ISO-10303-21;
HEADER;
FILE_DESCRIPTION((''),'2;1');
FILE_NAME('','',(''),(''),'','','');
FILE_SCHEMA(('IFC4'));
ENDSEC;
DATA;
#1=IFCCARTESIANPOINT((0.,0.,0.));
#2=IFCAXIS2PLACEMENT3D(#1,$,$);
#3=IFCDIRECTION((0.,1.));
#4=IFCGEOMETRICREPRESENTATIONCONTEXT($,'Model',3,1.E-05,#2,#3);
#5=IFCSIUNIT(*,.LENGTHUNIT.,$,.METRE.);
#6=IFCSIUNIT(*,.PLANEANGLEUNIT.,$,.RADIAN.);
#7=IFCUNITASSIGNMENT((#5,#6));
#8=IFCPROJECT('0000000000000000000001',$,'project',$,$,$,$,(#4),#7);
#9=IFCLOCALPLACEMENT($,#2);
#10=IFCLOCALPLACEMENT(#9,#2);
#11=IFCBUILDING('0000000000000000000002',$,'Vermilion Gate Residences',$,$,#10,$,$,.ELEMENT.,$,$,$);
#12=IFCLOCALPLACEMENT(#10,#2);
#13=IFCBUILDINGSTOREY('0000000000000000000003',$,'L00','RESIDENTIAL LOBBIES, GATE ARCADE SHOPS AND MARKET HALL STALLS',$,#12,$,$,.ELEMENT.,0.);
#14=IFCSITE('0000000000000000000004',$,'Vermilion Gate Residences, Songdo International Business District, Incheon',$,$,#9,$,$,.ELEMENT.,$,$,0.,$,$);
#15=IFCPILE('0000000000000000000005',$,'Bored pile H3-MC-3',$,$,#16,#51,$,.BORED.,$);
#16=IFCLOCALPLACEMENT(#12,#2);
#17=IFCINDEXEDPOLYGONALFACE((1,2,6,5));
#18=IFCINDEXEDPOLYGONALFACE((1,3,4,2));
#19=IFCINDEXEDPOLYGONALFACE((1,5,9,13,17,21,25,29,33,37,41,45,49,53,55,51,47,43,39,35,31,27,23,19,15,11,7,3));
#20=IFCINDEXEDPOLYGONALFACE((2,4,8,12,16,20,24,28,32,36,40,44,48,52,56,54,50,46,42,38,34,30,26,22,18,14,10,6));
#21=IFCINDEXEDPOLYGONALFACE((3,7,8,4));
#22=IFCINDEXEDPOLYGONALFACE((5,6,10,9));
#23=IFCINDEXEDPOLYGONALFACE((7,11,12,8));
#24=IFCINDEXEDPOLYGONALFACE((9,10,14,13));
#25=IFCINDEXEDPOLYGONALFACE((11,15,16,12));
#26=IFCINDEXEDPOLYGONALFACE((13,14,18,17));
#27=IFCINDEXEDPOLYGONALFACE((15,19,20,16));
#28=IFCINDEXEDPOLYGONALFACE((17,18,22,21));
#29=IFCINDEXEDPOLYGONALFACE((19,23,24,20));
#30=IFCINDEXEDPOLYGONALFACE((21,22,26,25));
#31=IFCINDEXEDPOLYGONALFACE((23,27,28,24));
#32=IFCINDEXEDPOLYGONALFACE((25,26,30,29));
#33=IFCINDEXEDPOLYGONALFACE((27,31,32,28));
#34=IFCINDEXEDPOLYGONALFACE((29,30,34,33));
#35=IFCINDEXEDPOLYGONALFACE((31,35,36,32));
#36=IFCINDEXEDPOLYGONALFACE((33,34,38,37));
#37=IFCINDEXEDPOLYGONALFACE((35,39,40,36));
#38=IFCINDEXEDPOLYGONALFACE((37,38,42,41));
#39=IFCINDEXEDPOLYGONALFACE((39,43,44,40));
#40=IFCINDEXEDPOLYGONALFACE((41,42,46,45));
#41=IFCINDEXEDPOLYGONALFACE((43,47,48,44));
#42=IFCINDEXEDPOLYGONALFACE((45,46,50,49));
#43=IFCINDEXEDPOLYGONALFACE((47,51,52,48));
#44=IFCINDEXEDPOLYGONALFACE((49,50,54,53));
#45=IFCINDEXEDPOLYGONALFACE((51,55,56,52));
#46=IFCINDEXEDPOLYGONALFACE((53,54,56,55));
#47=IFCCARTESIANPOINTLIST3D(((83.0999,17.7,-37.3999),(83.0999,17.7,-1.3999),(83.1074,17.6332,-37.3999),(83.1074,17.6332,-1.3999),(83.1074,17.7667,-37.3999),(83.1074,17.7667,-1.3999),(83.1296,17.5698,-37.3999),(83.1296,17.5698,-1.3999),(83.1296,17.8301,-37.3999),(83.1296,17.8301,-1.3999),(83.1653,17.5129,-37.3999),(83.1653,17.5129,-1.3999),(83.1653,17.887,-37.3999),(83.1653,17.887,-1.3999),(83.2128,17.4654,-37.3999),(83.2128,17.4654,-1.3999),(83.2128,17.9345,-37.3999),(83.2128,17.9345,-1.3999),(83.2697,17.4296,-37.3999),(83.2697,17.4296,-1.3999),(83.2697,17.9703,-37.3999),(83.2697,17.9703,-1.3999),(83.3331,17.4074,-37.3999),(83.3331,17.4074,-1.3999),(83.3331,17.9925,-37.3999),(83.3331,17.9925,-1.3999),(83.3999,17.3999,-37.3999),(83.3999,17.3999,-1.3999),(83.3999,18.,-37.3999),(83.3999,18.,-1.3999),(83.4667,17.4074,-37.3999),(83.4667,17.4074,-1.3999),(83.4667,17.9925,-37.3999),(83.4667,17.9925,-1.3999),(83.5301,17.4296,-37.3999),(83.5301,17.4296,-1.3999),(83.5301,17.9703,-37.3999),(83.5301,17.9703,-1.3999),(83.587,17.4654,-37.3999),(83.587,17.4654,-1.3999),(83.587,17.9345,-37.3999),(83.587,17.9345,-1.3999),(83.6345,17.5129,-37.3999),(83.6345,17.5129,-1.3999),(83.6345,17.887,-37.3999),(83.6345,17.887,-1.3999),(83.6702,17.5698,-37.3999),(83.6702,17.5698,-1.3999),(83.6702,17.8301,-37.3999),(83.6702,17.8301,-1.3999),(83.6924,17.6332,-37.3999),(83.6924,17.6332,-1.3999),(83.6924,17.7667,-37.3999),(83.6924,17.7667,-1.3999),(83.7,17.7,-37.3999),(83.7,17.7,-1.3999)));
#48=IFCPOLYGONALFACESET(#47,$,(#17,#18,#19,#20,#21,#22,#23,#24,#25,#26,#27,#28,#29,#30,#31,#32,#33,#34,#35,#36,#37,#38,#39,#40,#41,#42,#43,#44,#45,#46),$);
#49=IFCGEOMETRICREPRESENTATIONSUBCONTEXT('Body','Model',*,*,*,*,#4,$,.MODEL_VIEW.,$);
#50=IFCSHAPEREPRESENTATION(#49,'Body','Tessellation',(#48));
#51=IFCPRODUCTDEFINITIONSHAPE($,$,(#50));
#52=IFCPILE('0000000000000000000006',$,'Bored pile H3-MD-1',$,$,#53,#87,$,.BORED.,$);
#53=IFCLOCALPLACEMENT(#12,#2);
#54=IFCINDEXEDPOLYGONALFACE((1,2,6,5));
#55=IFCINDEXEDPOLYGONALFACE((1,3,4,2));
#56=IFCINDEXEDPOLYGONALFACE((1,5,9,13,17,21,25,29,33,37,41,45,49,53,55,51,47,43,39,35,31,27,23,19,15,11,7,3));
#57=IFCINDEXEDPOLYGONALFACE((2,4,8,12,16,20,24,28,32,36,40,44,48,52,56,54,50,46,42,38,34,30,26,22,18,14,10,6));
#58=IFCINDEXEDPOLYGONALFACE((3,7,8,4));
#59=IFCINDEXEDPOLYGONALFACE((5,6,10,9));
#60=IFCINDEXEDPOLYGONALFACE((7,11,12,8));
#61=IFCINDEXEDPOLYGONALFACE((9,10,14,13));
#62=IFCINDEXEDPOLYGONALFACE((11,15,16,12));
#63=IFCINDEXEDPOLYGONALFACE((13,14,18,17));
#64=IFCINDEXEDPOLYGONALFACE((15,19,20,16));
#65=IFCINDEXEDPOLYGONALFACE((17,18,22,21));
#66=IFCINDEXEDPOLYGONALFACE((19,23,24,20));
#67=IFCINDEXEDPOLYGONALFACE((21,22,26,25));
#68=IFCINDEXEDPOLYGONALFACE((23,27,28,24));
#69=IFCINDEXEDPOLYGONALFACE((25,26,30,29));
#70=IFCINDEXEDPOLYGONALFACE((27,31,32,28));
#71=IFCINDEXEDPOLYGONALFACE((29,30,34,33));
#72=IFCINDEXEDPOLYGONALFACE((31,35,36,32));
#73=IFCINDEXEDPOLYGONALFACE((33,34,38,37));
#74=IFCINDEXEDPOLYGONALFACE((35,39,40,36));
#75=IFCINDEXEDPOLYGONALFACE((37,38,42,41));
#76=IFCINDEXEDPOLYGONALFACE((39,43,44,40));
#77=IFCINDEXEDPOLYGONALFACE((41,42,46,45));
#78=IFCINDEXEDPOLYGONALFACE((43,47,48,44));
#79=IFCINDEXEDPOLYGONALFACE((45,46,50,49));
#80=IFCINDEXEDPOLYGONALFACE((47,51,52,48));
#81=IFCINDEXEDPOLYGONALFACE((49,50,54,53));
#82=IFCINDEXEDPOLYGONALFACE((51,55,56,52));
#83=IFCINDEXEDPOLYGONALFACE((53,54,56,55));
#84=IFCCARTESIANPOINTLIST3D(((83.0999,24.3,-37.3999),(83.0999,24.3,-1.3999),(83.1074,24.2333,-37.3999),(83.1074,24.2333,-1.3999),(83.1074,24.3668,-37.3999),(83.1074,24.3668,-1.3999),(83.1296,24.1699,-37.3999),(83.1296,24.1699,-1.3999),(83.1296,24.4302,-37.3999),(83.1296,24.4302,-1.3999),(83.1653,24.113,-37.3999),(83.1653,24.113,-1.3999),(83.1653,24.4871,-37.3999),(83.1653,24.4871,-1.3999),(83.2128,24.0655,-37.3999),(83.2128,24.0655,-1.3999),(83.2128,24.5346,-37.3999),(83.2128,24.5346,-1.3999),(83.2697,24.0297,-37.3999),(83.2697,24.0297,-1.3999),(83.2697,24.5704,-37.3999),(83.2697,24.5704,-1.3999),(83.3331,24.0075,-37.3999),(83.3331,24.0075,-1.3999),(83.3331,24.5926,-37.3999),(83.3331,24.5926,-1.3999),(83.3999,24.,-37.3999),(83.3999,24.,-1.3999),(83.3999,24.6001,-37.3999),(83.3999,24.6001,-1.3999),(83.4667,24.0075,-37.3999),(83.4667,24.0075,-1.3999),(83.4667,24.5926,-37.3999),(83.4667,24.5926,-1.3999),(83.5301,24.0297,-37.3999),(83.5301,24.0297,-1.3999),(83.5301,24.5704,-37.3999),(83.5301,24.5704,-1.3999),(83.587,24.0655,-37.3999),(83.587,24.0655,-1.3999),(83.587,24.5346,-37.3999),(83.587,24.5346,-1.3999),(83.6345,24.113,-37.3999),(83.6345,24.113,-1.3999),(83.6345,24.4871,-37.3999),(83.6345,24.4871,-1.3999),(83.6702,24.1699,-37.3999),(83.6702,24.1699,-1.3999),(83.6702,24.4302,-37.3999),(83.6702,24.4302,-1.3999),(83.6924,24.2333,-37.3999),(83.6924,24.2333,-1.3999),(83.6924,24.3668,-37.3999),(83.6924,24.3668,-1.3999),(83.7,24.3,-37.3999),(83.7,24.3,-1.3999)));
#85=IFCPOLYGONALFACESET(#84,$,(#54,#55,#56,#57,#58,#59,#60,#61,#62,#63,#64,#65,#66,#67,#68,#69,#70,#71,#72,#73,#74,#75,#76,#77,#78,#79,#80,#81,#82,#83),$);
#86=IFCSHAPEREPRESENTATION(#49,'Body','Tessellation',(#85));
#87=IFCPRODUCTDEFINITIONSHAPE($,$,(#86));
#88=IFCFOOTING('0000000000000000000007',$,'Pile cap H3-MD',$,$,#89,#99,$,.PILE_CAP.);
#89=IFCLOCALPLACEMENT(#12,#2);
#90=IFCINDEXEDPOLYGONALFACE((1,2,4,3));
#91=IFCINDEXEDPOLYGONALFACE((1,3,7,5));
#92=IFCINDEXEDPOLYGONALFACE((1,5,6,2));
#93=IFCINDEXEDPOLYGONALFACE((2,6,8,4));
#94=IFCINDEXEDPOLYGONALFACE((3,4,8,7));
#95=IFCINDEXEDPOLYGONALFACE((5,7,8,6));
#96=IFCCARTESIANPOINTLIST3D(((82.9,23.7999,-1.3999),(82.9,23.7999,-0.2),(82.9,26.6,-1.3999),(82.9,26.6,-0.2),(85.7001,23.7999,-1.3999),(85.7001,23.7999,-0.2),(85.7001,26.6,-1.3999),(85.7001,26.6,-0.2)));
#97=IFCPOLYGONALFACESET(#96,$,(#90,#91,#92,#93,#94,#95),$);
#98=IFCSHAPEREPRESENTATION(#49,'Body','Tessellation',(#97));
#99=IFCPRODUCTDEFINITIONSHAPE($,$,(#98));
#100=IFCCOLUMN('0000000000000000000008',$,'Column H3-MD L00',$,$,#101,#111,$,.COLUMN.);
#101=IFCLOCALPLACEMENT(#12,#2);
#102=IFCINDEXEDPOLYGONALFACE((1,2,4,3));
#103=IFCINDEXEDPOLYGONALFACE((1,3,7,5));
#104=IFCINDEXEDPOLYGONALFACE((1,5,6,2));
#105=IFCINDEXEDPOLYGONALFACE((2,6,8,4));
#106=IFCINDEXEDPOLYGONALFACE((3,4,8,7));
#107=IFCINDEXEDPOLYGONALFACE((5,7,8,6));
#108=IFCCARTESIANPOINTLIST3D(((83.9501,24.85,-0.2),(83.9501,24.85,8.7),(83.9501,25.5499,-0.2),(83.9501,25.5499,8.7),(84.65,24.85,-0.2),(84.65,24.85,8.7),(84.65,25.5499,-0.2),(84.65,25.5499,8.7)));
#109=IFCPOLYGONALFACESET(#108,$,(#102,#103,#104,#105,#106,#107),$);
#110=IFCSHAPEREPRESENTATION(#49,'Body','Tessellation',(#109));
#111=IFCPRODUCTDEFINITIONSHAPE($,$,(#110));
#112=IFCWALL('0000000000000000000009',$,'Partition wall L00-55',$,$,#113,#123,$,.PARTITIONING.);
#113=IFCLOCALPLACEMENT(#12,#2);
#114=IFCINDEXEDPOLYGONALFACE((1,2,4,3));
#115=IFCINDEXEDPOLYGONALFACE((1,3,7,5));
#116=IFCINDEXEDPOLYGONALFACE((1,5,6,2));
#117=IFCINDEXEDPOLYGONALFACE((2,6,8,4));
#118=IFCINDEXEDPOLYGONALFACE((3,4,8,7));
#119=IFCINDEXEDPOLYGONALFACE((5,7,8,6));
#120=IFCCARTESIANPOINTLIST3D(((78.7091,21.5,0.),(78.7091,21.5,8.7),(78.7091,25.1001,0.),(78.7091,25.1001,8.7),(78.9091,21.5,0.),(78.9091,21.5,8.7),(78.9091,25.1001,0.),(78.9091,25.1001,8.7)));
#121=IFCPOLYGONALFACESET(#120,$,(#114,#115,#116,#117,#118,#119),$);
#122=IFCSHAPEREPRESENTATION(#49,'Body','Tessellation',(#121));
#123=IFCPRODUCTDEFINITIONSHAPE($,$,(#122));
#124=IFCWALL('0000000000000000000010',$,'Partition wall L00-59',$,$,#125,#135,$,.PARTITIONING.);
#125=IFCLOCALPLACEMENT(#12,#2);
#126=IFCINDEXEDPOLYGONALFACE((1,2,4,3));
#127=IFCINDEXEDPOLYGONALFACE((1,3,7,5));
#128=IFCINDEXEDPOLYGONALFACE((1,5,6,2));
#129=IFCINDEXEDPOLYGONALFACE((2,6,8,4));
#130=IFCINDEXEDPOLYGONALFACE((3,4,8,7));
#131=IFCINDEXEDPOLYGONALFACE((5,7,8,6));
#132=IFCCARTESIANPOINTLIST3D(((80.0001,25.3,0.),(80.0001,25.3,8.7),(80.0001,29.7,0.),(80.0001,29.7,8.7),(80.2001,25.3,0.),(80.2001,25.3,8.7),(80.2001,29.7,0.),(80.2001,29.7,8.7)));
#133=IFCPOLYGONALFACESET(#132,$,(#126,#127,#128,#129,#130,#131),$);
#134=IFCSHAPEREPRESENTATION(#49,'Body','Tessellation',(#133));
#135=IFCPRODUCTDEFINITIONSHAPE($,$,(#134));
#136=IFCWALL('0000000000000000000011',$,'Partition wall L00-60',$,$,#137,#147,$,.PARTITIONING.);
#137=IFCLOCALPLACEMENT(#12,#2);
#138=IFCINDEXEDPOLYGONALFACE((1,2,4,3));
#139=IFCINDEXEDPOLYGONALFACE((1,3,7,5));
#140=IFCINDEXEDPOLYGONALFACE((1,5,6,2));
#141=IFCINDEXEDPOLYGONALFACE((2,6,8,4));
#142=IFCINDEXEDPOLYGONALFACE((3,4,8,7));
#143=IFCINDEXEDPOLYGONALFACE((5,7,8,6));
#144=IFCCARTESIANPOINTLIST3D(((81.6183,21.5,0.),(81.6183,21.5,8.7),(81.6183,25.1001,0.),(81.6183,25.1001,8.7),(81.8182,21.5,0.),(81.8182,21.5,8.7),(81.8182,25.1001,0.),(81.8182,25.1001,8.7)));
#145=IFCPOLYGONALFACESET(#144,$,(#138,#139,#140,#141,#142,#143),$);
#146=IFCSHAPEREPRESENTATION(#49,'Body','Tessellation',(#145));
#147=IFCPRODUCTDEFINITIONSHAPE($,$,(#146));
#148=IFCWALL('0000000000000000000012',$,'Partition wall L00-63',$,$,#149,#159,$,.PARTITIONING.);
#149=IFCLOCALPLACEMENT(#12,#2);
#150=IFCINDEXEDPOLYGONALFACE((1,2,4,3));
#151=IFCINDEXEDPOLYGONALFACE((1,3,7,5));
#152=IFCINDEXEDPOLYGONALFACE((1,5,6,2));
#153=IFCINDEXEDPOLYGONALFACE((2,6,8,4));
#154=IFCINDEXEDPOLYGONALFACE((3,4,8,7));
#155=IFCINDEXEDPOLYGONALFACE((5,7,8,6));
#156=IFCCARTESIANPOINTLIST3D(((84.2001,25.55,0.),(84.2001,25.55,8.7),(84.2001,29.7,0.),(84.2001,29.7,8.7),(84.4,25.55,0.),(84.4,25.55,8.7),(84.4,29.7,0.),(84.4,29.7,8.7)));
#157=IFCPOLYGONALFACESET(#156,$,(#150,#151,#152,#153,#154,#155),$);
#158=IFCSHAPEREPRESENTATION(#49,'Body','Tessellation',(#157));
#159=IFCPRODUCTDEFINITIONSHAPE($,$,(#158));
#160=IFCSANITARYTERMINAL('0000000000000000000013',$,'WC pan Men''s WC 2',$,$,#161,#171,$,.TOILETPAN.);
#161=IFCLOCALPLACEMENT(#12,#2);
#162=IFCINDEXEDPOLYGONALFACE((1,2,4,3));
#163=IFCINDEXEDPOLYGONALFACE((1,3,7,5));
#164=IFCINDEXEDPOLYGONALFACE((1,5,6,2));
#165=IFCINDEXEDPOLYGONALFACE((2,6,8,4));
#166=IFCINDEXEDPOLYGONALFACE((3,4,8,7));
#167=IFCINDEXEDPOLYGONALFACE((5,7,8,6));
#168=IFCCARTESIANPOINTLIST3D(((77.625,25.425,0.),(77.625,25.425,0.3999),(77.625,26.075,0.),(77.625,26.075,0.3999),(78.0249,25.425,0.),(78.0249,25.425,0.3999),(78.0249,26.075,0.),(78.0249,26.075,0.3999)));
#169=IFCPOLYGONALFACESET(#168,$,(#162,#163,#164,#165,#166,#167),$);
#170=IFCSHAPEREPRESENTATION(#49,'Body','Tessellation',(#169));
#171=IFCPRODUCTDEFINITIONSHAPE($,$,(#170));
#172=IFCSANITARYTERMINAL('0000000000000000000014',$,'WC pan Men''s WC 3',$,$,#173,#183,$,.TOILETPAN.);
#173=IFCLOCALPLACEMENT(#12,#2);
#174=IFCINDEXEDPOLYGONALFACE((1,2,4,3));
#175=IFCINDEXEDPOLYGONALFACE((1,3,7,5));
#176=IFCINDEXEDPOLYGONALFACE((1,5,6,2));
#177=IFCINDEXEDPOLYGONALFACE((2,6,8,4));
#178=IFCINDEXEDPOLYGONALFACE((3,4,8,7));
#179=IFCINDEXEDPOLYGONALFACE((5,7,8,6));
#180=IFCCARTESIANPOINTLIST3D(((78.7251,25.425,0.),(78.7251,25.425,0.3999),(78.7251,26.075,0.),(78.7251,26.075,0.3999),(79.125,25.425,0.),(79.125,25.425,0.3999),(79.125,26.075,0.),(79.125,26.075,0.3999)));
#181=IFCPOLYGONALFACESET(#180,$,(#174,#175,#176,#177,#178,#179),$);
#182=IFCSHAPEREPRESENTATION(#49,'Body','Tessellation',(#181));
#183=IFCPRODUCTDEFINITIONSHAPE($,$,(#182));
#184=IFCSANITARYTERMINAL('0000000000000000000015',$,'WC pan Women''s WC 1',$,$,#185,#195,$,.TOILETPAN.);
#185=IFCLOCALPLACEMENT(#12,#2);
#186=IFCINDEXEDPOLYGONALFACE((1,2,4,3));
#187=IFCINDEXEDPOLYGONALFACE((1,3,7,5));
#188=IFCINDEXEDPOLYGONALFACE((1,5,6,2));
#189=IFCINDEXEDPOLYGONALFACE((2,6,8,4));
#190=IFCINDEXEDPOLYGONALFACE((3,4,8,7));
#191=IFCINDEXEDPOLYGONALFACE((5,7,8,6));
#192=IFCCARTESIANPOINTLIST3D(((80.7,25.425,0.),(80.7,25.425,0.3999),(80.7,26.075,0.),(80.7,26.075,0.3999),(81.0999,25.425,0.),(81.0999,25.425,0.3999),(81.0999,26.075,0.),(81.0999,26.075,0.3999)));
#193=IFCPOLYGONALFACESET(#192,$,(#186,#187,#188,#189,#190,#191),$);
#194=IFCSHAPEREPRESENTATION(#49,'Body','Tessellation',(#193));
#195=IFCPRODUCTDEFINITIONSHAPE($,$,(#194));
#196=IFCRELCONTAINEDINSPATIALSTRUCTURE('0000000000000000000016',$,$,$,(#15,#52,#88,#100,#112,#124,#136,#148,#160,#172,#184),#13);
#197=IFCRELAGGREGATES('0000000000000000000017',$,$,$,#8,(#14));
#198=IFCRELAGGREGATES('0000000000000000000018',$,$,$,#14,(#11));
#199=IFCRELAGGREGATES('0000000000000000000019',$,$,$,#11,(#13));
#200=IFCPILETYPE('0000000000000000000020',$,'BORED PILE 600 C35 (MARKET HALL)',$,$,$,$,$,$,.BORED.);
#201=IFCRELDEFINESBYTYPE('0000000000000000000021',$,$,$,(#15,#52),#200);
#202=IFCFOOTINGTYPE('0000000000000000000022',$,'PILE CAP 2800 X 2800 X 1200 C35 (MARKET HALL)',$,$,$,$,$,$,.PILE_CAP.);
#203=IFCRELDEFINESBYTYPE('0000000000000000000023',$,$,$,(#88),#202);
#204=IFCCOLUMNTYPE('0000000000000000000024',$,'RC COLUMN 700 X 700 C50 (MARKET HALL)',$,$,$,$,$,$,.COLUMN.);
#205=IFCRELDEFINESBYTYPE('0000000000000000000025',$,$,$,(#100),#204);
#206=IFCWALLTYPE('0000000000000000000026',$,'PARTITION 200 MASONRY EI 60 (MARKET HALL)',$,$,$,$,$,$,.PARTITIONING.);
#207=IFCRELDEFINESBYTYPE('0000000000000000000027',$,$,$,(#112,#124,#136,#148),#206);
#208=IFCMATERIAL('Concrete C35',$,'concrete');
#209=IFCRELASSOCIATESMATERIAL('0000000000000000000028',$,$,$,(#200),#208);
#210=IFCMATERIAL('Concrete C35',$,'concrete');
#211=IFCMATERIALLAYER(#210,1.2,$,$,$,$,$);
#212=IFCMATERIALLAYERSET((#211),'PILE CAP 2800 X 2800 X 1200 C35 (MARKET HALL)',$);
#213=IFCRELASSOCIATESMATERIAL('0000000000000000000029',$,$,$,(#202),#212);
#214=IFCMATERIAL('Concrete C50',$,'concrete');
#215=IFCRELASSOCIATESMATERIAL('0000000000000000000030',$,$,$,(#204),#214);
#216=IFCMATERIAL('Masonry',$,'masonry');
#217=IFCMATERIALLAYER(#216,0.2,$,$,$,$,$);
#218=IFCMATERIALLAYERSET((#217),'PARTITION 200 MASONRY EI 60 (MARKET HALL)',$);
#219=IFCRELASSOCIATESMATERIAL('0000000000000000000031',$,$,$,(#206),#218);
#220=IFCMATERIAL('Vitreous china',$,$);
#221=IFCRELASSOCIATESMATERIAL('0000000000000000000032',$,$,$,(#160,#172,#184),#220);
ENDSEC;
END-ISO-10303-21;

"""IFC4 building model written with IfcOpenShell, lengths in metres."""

from ifc_helpers import new_model, si_unit, direction, frame, frame_2d, origin, origin_2d, place, context, subcontext, project, spatial, rectangle, circle, extrude, material, layer, layer_set, material_profile, profile_set, type_object, element, save


model = new_model("IFC4")

# Units and contexts
model_context = context("Model", 3, precision=1e-05, world=origin(), true_north=direction((0.0, 1.0)))
body_context = subcontext(model_context, "Body", "Model", "MODEL_VIEW")
ifc_project = project(units=[si_unit("LENGTHUNIT", "METRE"), si_unit("PLANEANGLEUNIT", "RADIAN")], contexts=[model_context])

# Site, building, storey
site_placement = place(None, origin())
site = spatial("IfcSite", under=ifc_project, at=site_placement, Name="Vermilion Gate Residences, Songdo International Business District, Incheon", CompositionType="ELEMENT", RefElevation=0.0)
building_placement = place(site_placement, origin())
building = spatial("IfcBuilding", under=site, at=building_placement, Name="Vermilion Gate Residences", CompositionType="ELEMENT")
storey_placement = place(building_placement, origin())
storey = spatial("IfcBuildingStorey", under=building, at=storey_placement, Name="L00", Description="RESIDENTIAL LOBBIES, GATE ARCADE SHOPS AND MARKET HALL STALLS", CompositionType="ELEMENT", Elevation=0.0)

# Piles
ifc_material_1 = material(Name="Concrete C35", Category="concrete")
ifc_material_profile_1 = material_profile(ifc_material_1, circle(Radius=0.3, at=origin_2d()), Name="BORED PILE 600 C35 (MARKET HALL)")
ifc_profile_set_1 = profile_set([ifc_material_profile_1], Name="Concrete C35")
pile_type = type_object("IfcPileType", Name="BORED PILE 600 C35 (MARKET HALL)", PredefinedType="BORED", material=ifc_profile_set_1)
for number, where, z_axis, x_axis, name in (
    (1, (83.3999, 17.7, -1.3999), (0.0, 0.0, -1.0), (1.0, 0.0, 0.0), "Bored pile H3-MC-3"),
    (2, (83.3999, 24.3, -1.3999), (0.0, 0.0, -1.0), (1.0, 0.0, 0.0), "Bored pile H3-MD-1"),
):
    element("IfcPile", number, at=place(storey_placement, frame(where, z_axis=z_axis, x_axis=x_axis)), inside=storey, type_object=pile_type, Name=name, PredefinedType="BORED", context=body_context, shape_type="SweptSolid", body=[
        extrude(circle(Radius=0.3, at=origin_2d()), origin(), (0.0, 0.0, 1.0), 36.0),
    ])

# Footing
ifc_material_2 = material(Name="Concrete C35", Category="concrete")
ifc_layer_1 = layer(ifc_material_2, 1.2)
ifc_layer_set_1 = layer_set([ifc_layer_1], Name="PILE CAP 2800 X 2800 X 1200 C35 (MARKET HALL)")
footing_type = type_object("IfcFootingType", Name="PILE CAP 2800 X 2800 X 1200 C35 (MARKET HALL)", PredefinedType="PILE_CAP", material=ifc_layer_set_1)
footing_placement = place(storey_placement, frame((84.3, 25.2, -1.3999), z_axis=(0.0, 0.0, 1.0), x_axis=(1.0, 0.0, 0.0)))
element("IfcFooting", 3, at=footing_placement, inside=storey, type_object=footing_type, Name="Pile cap H3-MD", PredefinedType="PILE_CAP", context=body_context, shape_type="SweptSolid", body=[
    extrude(rectangle(XDim=2.8, YDim=2.8, at=origin_2d()), origin(), (0.0, 0.0, 1.0), 1.2),
])

# Column
ifc_material_3 = material(Name="Concrete C50", Category="concrete")
ifc_material_profile_2 = material_profile(ifc_material_3, rectangle(XDim=0.7, YDim=0.7, at=origin_2d()), Name="RC COLUMN 700 X 700 C50 (MARKET HALL)")
ifc_profile_set_2 = profile_set([ifc_material_profile_2], Name="Concrete C50")
column_type = type_object("IfcColumnType", Name="RC COLUMN 700 X 700 C50 (MARKET HALL)", PredefinedType="COLUMN", material=ifc_profile_set_2)
column_placement = place(storey_placement, frame((84.3, 25.2, -0.2), z_axis=(0.0, 0.0, 1.0), x_axis=(1.0, 0.0, 0.0)))
element("IfcColumn", 4, at=column_placement, inside=storey, type_object=column_type, Name="Column H3-MD L00", PredefinedType="COLUMN", context=body_context, shape_type="SweptSolid", body=[
    extrude(rectangle(XDim=0.7, YDim=0.7, at=origin_2d()), origin(), (0.0, 0.0, 1.0), 8.8999),
])

# Walls
ifc_material_4 = material(Name="Masonry", Category="masonry")
ifc_layer_2 = layer(ifc_material_4, 0.2)
ifc_layer_set_2 = layer_set([ifc_layer_2], Name="PARTITION 200 MASONRY EI 60 (MARKET HALL)")
wall_type = type_object("IfcWallType", Name="PARTITION 200 MASONRY EI 60 (MARKET HALL)", PredefinedType="PARTITIONING", material=ifc_layer_set_2)
wall_1_placement = place(storey_placement, frame((78.8091, 21.5, 0.0), z_axis=(0.0, 0.0, 1.0), x_axis=(0.0, 1.0, 0.0)))
element("IfcWall", 5, at=wall_1_placement, inside=storey, type_object=wall_type, Name="Partition wall L00-55", PredefinedType="PARTITIONING", context=body_context, shape_type="SweptSolid", body=[
    extrude(rectangle(XDim=3.6001, YDim=0.2, at=frame_2d((1.8, 0.0))), origin(), (0.0, 0.0, 1.0), 8.7),
])
wall_2_placement = place(storey_placement, frame((80.1001, 25.3, 0.0), z_axis=(0.0, 0.0, 1.0), x_axis=(0.0, 1.0, 0.0)))
element("IfcWall", 6, at=wall_2_placement, inside=storey, type_object=wall_type, Name="Partition wall L00-59", PredefinedType="PARTITIONING", context=body_context, shape_type="SweptSolid", body=[
    extrude(rectangle(XDim=4.3999, YDim=0.2, at=frame_2d((2.2, 0.0))), origin(), (0.0, 0.0, 1.0), 8.7),
])
wall_3_placement = place(storey_placement, frame((81.7183, 21.5, 0.0), z_axis=(0.0, 0.0, 1.0), x_axis=(0.0, 1.0, 0.0)))
element("IfcWall", 7, at=wall_3_placement, inside=storey, type_object=wall_type, Name="Partition wall L00-60", PredefinedType="PARTITIONING", context=body_context, shape_type="SweptSolid", body=[
    extrude(rectangle(XDim=3.6001, YDim=0.2, at=frame_2d((1.8, 0.0))), origin(), (0.0, 0.0, 1.0), 8.7),
])
wall_4_placement = place(storey_placement, frame((84.3, 25.55, 0.0), z_axis=(0.0, 0.0, 1.0), x_axis=(0.0, 1.0, 0.0)))
element("IfcWall", 8, at=wall_4_placement, inside=storey, type_object=wall_type, Name="Partition wall L00-63", PredefinedType="PARTITIONING", context=body_context, shape_type="SweptSolid", body=[
    extrude(rectangle(XDim=4.1499, YDim=0.2, at=frame_2d((2.075, 0.0))), origin(), (0.0, 0.0, 1.0), 8.7),
])

# Sanitary terminals
ifc_material_5 = material(Name="Vitreous china")
for number, where, z_axis, x_axis, name in (
    (9, (77.825, 25.75, 0.0), (0.0, 0.0, 1.0), (1.0, 0.0, 0.0), "WC pan Men's WC 2"),
    (10, (78.925, 25.75, 0.0), (0.0, 0.0, 1.0), (1.0, 0.0, 0.0), "WC pan Men's WC 3"),
    (11, (80.8999, 25.75, 0.0), (0.0, 0.0, 1.0), (1.0, 0.0, 0.0), "WC pan Women's WC 1"),
):
    element("IfcSanitaryTerminal", number, at=place(storey_placement, frame(where, z_axis=z_axis, x_axis=x_axis)), inside=storey, material=ifc_material_5, Name=name, PredefinedType="TOILETPAN", context=body_context, shape_type="SweptSolid", body=[
        extrude(rectangle(XDim=0.3999, YDim=0.6499, at=origin_2d()), origin(), (0.0, 0.0, 1.0), 0.3999),
    ])

save(model, "model.ifc")
